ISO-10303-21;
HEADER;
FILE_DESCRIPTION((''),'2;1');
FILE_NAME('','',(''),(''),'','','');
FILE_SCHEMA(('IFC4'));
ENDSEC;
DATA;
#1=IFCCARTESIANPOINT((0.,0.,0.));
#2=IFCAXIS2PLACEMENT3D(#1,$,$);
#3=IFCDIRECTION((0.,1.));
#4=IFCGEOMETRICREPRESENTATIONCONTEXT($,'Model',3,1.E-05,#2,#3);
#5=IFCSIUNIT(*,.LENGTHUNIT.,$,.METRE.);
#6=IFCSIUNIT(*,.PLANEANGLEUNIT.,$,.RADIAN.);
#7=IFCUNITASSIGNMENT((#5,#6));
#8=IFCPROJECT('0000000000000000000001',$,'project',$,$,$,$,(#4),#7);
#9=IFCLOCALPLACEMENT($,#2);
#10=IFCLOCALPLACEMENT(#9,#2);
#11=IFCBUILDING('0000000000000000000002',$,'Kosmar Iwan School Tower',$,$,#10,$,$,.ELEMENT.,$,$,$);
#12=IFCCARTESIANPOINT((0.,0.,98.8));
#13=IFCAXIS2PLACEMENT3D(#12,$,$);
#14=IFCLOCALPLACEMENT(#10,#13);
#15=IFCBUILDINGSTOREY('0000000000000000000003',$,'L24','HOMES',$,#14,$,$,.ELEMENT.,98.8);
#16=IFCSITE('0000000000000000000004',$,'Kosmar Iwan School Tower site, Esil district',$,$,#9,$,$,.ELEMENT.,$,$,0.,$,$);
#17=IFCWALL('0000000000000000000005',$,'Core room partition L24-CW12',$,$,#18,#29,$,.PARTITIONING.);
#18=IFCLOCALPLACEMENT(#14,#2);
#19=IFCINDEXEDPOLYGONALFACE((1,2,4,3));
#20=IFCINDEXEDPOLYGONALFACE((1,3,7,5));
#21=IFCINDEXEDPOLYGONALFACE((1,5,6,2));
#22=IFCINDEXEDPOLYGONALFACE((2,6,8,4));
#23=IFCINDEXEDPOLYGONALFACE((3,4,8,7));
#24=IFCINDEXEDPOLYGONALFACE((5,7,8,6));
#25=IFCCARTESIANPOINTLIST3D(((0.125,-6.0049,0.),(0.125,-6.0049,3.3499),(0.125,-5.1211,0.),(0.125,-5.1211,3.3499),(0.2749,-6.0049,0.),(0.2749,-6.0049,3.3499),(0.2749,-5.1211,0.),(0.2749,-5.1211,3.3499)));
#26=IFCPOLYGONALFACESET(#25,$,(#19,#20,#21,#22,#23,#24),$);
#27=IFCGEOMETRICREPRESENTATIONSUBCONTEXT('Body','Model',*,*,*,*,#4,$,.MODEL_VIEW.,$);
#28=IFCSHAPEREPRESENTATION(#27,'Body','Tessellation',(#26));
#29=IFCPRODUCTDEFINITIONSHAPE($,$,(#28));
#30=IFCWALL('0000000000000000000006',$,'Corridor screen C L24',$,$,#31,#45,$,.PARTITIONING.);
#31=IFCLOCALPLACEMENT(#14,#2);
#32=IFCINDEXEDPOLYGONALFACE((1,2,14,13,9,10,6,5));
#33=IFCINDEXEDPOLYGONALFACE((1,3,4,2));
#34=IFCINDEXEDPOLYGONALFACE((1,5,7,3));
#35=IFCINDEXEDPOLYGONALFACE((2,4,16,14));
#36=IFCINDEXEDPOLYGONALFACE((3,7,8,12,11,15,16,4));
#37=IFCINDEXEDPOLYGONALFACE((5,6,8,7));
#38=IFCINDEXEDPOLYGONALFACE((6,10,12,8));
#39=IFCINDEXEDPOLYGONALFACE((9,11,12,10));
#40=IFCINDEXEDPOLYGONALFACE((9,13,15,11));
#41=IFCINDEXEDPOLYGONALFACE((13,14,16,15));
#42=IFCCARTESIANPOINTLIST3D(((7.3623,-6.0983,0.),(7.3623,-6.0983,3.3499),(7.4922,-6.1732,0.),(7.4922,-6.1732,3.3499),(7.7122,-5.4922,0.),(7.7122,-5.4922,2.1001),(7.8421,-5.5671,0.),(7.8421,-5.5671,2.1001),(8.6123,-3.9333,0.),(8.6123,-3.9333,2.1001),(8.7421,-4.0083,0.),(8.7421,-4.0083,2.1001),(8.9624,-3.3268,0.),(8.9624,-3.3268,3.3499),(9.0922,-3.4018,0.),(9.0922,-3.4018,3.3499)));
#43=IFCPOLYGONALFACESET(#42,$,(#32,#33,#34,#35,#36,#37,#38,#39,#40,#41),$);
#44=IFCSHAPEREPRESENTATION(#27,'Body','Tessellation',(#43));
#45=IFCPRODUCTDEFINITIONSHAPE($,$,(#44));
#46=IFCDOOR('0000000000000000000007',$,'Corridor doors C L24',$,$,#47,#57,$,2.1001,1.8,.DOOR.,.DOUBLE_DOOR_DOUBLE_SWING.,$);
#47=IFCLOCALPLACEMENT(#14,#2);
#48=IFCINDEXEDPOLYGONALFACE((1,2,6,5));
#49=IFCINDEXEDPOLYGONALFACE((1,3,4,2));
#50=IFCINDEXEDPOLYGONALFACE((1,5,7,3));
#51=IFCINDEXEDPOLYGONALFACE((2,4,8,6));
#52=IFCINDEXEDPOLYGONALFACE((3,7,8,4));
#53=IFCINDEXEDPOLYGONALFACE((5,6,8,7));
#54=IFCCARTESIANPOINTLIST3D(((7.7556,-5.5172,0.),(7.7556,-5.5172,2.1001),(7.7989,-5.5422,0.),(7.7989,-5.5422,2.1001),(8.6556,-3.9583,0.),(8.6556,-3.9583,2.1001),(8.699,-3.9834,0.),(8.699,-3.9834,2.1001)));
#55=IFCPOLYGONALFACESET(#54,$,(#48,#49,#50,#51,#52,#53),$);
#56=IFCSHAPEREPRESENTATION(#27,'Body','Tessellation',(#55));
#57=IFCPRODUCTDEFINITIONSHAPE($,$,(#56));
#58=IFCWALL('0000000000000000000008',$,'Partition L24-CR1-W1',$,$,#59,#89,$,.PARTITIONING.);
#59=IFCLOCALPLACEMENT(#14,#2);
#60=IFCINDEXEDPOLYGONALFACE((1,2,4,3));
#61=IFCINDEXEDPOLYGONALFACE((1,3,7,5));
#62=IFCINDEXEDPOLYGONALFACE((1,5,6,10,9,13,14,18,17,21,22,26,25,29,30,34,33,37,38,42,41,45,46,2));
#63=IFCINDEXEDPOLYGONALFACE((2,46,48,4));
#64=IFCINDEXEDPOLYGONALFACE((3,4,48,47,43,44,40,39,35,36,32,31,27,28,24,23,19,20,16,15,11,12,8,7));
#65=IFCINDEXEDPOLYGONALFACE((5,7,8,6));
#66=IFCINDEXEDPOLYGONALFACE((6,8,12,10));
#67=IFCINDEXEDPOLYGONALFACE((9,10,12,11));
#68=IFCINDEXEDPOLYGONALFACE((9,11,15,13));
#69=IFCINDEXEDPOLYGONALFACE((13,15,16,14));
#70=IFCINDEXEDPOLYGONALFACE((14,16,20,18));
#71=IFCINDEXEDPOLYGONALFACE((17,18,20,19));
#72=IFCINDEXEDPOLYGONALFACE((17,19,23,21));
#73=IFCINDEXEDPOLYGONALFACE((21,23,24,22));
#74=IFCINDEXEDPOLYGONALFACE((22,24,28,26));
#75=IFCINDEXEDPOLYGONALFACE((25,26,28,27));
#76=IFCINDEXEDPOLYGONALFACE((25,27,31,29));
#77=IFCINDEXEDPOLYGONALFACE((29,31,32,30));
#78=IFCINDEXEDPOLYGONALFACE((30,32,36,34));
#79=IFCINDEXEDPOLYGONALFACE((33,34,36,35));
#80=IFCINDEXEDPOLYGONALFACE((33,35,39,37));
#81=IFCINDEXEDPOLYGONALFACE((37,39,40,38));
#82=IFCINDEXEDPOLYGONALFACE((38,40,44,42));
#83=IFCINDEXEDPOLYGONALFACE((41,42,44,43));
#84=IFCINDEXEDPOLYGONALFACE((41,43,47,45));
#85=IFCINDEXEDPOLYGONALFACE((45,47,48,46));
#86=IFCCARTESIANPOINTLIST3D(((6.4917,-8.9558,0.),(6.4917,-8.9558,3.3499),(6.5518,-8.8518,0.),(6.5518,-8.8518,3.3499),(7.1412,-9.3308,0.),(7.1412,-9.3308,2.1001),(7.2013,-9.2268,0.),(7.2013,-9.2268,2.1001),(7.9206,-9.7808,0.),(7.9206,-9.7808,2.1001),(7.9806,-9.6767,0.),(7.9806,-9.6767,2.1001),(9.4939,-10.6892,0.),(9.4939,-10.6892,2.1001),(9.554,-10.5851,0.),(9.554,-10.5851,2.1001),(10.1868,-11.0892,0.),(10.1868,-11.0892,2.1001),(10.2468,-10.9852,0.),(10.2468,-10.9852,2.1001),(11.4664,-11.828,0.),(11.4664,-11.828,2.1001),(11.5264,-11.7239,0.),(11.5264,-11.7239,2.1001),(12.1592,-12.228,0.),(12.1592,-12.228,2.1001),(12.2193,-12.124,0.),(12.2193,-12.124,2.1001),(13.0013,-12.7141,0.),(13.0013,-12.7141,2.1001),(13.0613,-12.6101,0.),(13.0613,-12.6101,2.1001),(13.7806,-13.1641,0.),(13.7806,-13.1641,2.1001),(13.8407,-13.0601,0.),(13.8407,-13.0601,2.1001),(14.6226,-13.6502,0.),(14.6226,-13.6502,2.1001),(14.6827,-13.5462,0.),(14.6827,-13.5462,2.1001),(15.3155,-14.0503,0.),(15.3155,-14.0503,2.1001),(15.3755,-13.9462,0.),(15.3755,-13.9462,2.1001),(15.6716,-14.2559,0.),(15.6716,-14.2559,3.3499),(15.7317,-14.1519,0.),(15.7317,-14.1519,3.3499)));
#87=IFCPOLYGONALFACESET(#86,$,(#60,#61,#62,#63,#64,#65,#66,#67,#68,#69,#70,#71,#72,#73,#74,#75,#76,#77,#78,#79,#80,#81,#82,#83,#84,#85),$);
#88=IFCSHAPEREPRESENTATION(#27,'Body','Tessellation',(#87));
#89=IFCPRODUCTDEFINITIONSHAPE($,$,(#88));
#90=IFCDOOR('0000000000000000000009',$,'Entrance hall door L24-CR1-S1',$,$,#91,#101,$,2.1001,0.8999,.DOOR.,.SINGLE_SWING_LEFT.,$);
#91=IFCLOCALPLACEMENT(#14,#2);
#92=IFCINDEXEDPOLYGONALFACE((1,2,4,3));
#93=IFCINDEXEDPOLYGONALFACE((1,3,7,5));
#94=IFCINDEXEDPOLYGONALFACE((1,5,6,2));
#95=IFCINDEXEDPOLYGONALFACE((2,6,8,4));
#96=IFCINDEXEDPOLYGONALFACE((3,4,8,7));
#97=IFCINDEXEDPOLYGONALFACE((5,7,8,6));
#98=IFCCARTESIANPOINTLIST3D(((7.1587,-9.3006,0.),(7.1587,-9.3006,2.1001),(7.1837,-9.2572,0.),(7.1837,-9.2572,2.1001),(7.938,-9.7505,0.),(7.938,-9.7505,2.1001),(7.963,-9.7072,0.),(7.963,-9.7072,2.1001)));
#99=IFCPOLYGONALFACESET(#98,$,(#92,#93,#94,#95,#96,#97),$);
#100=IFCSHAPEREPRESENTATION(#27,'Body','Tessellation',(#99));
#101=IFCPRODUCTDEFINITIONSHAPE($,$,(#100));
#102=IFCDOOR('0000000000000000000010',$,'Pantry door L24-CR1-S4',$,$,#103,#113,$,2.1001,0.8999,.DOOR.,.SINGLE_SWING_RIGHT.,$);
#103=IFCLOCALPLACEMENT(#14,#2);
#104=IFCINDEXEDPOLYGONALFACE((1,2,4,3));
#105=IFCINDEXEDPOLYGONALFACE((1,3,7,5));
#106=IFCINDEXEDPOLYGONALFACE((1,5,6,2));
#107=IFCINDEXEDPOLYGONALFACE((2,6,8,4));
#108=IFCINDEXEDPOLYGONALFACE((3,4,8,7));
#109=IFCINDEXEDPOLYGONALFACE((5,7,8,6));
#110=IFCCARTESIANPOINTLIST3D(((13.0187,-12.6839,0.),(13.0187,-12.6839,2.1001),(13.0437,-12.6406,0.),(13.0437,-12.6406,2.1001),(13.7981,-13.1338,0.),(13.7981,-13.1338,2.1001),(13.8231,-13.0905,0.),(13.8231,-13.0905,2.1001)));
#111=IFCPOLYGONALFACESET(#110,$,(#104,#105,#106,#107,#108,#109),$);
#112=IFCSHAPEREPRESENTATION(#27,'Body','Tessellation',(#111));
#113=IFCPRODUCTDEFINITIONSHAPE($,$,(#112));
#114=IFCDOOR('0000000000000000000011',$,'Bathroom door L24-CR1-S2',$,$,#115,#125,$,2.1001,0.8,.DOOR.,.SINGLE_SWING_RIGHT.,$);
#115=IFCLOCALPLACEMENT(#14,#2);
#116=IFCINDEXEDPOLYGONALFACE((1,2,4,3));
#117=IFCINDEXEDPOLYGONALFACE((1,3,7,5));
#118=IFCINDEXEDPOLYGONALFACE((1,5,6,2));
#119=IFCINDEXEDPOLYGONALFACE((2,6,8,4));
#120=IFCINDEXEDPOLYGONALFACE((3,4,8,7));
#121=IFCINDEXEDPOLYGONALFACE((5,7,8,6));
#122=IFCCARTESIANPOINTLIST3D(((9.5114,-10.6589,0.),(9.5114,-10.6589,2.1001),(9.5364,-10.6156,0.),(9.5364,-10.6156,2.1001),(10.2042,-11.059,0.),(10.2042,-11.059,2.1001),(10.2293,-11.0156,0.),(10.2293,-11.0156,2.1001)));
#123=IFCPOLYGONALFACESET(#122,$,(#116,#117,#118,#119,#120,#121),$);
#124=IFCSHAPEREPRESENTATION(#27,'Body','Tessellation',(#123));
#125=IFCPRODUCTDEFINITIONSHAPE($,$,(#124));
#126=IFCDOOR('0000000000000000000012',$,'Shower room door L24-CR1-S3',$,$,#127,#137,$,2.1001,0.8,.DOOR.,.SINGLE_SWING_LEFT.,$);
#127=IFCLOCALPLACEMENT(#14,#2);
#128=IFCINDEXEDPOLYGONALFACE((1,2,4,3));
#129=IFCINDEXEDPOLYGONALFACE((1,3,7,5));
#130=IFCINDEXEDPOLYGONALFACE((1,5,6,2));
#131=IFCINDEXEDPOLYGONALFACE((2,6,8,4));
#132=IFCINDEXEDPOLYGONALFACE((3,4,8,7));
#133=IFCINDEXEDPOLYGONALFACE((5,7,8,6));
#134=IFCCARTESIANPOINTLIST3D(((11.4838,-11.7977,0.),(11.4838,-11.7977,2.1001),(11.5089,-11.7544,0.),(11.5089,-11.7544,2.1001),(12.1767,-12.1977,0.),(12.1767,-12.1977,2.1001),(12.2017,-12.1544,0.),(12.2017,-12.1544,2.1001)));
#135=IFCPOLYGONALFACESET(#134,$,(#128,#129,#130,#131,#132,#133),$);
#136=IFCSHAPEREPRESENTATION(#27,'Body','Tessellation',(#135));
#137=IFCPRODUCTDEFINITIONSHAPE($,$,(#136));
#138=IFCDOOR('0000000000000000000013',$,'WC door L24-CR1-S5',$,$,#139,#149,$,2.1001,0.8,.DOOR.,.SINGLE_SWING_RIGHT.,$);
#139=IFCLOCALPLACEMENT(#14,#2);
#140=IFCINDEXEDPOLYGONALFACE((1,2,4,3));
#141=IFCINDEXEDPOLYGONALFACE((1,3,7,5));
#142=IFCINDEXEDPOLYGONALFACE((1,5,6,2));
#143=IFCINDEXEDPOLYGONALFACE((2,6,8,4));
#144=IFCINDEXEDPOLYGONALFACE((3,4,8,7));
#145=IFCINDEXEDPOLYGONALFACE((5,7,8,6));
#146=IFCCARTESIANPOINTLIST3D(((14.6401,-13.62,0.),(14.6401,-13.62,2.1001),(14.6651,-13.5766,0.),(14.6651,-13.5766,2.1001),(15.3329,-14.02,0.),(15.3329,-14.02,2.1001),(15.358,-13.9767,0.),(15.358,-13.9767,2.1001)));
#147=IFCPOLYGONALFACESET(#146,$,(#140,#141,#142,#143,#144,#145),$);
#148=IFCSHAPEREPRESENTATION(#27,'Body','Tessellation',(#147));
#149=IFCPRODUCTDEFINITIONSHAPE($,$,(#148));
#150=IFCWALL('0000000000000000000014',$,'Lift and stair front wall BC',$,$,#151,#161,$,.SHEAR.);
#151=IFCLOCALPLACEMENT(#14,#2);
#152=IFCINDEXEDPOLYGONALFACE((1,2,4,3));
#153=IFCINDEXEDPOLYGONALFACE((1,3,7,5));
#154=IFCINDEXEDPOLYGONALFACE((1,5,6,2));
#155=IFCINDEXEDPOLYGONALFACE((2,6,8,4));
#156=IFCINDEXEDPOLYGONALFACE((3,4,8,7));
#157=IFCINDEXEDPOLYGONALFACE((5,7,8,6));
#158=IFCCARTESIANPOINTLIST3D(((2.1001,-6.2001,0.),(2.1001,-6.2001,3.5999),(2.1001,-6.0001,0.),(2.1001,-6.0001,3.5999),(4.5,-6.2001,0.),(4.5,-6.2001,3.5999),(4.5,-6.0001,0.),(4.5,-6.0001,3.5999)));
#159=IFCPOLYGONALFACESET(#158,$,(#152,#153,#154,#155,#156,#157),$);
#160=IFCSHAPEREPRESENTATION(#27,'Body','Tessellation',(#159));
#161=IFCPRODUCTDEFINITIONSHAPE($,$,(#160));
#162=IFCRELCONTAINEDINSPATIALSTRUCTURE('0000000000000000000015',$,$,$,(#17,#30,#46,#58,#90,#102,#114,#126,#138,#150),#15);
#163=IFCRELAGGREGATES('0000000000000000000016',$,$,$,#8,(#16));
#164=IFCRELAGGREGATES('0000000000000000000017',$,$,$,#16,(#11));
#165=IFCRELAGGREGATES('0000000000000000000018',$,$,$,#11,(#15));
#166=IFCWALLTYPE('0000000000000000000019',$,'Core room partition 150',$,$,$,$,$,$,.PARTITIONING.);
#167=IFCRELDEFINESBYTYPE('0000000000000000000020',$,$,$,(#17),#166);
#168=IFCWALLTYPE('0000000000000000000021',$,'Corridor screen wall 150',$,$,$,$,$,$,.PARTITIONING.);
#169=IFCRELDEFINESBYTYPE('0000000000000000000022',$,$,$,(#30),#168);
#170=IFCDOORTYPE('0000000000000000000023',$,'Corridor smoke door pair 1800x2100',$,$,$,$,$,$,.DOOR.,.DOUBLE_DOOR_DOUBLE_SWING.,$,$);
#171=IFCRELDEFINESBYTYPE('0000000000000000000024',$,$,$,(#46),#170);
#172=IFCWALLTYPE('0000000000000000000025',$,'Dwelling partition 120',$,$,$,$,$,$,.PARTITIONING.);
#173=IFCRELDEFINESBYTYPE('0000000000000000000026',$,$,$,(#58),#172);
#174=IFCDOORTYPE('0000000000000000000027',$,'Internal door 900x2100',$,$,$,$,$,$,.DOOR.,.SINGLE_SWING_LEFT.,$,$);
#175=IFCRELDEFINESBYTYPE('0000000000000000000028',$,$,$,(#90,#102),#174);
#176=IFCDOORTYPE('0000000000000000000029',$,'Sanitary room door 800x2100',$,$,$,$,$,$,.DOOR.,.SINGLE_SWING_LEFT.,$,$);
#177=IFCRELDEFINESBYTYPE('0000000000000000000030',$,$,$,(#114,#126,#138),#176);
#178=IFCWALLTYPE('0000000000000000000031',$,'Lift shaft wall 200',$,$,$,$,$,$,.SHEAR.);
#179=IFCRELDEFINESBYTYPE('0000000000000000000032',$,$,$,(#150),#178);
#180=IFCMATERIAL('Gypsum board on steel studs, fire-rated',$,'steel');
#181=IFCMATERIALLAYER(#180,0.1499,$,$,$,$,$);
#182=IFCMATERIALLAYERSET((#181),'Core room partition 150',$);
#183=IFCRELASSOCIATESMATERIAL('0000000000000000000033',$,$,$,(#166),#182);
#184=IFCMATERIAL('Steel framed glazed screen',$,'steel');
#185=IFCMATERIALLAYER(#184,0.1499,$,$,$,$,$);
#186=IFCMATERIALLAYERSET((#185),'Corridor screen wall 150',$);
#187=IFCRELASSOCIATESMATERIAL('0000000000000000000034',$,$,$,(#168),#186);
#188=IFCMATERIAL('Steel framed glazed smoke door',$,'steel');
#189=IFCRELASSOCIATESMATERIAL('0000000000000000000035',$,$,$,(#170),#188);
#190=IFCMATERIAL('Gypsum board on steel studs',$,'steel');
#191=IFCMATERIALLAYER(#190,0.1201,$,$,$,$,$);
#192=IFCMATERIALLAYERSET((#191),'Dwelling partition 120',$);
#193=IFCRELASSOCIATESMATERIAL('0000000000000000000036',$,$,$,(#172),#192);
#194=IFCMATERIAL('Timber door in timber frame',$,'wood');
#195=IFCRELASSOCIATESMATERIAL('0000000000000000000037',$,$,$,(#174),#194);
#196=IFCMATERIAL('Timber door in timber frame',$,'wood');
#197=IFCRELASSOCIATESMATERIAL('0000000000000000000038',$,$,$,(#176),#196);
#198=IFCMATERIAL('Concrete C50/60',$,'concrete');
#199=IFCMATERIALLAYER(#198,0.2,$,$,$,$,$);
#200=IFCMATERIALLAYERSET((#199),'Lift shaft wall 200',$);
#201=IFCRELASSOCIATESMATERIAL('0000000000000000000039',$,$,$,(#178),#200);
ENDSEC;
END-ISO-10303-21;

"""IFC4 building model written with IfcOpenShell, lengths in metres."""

from ifc_helpers import new_model, si_unit, direction, frame, frame_2d, origin, place, context, subcontext, project, spatial, rectangle, extrude, material, layer, layer_set, type_object, element, fill, save


model = new_model("IFC4")

# Units and contexts
model_context = context("Model", 3, precision=1e-05, world=origin(), true_north=direction((0.0, 1.0)))
body_context = subcontext(model_context, "Body", "Model", "MODEL_VIEW")
ifc_project = project(units=[si_unit("LENGTHUNIT", "METRE"), si_unit("PLANEANGLEUNIT", "RADIAN")], contexts=[model_context])

# Site, building, storey
site_placement = place(None, origin())
site = spatial("IfcSite", under=ifc_project, at=site_placement, Name="Kosmar Iwan School Tower site, Esil district", CompositionType="ELEMENT", RefElevation=0.0)
building_placement = place(site_placement, origin())
building = spatial("IfcBuilding", under=site, at=building_placement, Name="Kosmar Iwan School Tower", CompositionType="ELEMENT")
storey_placement = place(building_placement, frame((0.0, 0.0, 98.8)))
storey = spatial("IfcBuildingStorey", under=building, at=storey_placement, Name="L24", Description="HOMES", CompositionType="ELEMENT", Elevation=98.8)

# Wall
ifc_material_1 = material(Name="Gypsum board on steel studs, fire-rated", Category="steel")
ifc_layer_1 = layer(ifc_material_1, 0.1499)
ifc_layer_set_1 = layer_set([ifc_layer_1], Name="Core room partition 150")
wall_type_1 = type_object("IfcWallType", Name="Core room partition 150", PredefinedType="PARTITIONING", material=ifc_layer_set_1)
wall_1_placement = place(storey_placement, frame((0.2, -6.0049, 0.0), z_axis=(0.0, 0.0, 1.0), x_axis=(0.0, 1.0, 0.0)))
element("IfcWall", 1, at=wall_1_placement, inside=storey, type_object=wall_type_1, Name="Core room partition L24-CW12", PredefinedType="PARTITIONING", context=body_context, shape_type="SweptSolid", body=[
    extrude(rectangle(XDim=0.8838, YDim=0.1499, at=frame_2d((0.4419, 0.0))), origin(), (0.0, 0.0, 1.0), 3.3499),
])

# Wall, opening, door
ifc_material_2 = material(Name="Steel framed glazed screen", Category="steel")
ifc_layer_2 = layer(ifc_material_2, 0.1499)
ifc_layer_set_2 = layer_set([ifc_layer_2], Name="Corridor screen wall 150")
wall_type_2 = type_object("IfcWallType", Name="Corridor screen wall 150", PredefinedType="PARTITIONING", material=ifc_layer_set_2)
wall_2_placement = place(storey_placement, frame((7.4272, -6.1357, 0.0), z_axis=(0.0, 0.0, 1.0), x_axis=(0.499995, 0.866028, 0.0)))
wall_2 = element("IfcWall", 2, at=wall_2_placement, inside=storey, type_object=wall_type_2, Name="Corridor screen C L24", PredefinedType="PARTITIONING", context=body_context, shape_type="SweptSolid", body=[
    extrude(rectangle(XDim=3.2002, YDim=0.1499, at=frame_2d((1.6001, 0.0))), origin(), (0.0, 0.0, 1.0), 3.3499),
])
opening_1_placement = place(wall_2_placement, frame((0.7, 0.0, 0.0)))
opening_1 = element("IfcOpeningElement", 3, at=opening_1_placement, cuts=wall_2, PredefinedType="OPENING", context=body_context, shape_type="SweptSolid", body=[
    extrude(rectangle(XDim=1.8, YDim=2.1001, at=frame_2d((0.8999, 1.05))), frame((0.0, 0.0869, 0.0), z_axis=(0.0, -1.0, 0.0), x_axis=(1.0, 0.0, 0.0)), (0.0, 0.0, 1.0), 0.1738),
])
ifc_material_3 = material(Name="Steel framed glazed smoke door", Category="steel")
door_type_1 = type_object("IfcDoorType", Name="Corridor smoke door pair 1800x2100", OperationType="DOUBLE_DOOR_DOUBLE_SWING", PredefinedType="DOOR", material=ifc_material_3)
door_1_placement = place(opening_1_placement, origin())
door_1 = element("IfcDoor", 4, at=door_1_placement, inside=storey, type_object=door_type_1, Name="Corridor doors C L24", OperationType="DOUBLE_DOOR_DOUBLE_SWING", OverallHeight=2.1001, OverallWidth=1.8, PredefinedType="DOOR", context=body_context, shape_type="SweptSolid", body=[
    extrude(rectangle(XDim=1.8, YDim=2.1001, at=frame_2d((0.8999, 1.05))), frame((0.0, 0.0249, 0.0), z_axis=(0.0, -1.0, 0.0), x_axis=(1.0, 0.0, 0.0)), (0.0, 0.0, 1.0), 0.05),
])
fill(opening_1, door_1)

# Wall, openings, doors
ifc_material_4 = material(Name="Gypsum board on steel studs", Category="steel")
ifc_layer_3 = layer(ifc_material_4, 0.1201)
ifc_layer_set_3 = layer_set([ifc_layer_3], Name="Dwelling partition 120")
wall_type_3 = type_object("IfcWallType", Name="Dwelling partition 120", PredefinedType="PARTITIONING", material=ifc_layer_set_3)
wall_3_placement = place(storey_placement, frame((6.5217, -8.9038, 0.0), z_axis=(0.0, 0.0, 1.0), x_axis=(0.866025, -0.500001, 0.0)))
wall_3 = element("IfcWall", 5, at=wall_3_placement, inside=storey, type_object=wall_type_3, Name="Partition L24-CR1-W1", PredefinedType="PARTITIONING", context=body_context, shape_type="SweptSolid", body=[
    extrude(rectangle(XDim=10.6001, YDim=0.1201, at=frame_2d((5.3, 0.0))), origin(), (0.0, 0.0, 1.0), 3.3499),
])
opening_2_placement = place(wall_3_placement, frame((0.75, 0.0, 0.0)))
opening_2 = element("IfcOpeningElement", 6, at=opening_2_placement, cuts=wall_3, PredefinedType="OPENING", context=body_context, shape_type="SweptSolid", body=[
    extrude(rectangle(XDim=0.8999, YDim=2.1001, at=frame_2d((0.45, 1.05))), frame((0.0, 0.072, 0.0), z_axis=(0.0, -1.0, 0.0), x_axis=(1.0, 0.0, 0.0)), (0.0, 0.0, 1.0), 0.144),
])
opening_3_placement = place(wall_3_placement, frame((3.4668, 0.0, 0.0)))
opening_3 = element("IfcOpeningElement", 7, at=opening_3_placement, cuts=wall_3, PredefinedType="OPENING", context=body_context, shape_type="SweptSolid", body=[
    extrude(rectangle(XDim=0.8, YDim=2.1001, at=frame_2d((0.3999, 1.05))), frame((0.0, 0.072, 0.0), z_axis=(0.0, -1.0, 0.0), x_axis=(1.0, 0.0, 0.0)), (0.0, 0.0, 1.0), 0.144),
])
opening_4_placement = place(wall_3_placement, frame((5.7444, 0.0, 0.0)))
opening_4 = element("IfcOpeningElement", 8, at=opening_4_placement, cuts=wall_3, PredefinedType="OPENING", context=body_context, shape_type="SweptSolid", body=[
    extrude(rectangle(XDim=0.8, YDim=2.1001, at=frame_2d((0.3999, 1.05))), frame((0.0, 0.072, 0.0), z_axis=(0.0, -1.0, 0.0), x_axis=(1.0, 0.0, 0.0)), (0.0, 0.0, 1.0), 0.144),
])
opening_5_placement = place(wall_3_placement, frame((7.5166, 0.0, 0.0)))
opening_5 = element("IfcOpeningElement", 9, at=opening_5_placement, cuts=wall_3, PredefinedType="OPENING", context=body_context, shape_type="SweptSolid", body=[
    extrude(rectangle(XDim=0.8999, YDim=2.1001, at=frame_2d((0.45, 1.05))), frame((0.0, 0.072, 0.0), z_axis=(0.0, -1.0, 0.0), x_axis=(1.0, 0.0, 0.0)), (0.0, 0.0, 1.0), 0.144),
])
opening_6_placement = place(wall_3_placement, frame((9.3889, 0.0, 0.0)))
opening_6 = element("IfcOpeningElement", 10, at=opening_6_placement, cuts=wall_3, PredefinedType="OPENING", context=body_context, shape_type="SweptSolid", body=[
    extrude(rectangle(XDim=0.8, YDim=2.1001, at=frame_2d((0.3999, 1.05))), frame((0.0, 0.072, 0.0), z_axis=(0.0, -1.0, 0.0), x_axis=(1.0, 0.0, 0.0)), (0.0, 0.0, 1.0), 0.144),
])
ifc_material_5 = material(Name="Timber door in timber frame", Category="wood")
door_type_2 = type_object("IfcDoorType", Name="Internal door 900x2100", OperationType="SINGLE_SWING_LEFT", PredefinedType="DOOR", material=ifc_material_5)
door_2_placement = place(opening_2_placement, origin())
door_2 = element("IfcDoor", 11, at=door_2_placement, inside=storey, type_object=door_type_2, Name="Entrance hall door L24-CR1-S1", OperationType="SINGLE_SWING_LEFT", OverallHeight=2.1001, OverallWidth=0.8999, PredefinedType="DOOR", context=body_context, shape_type="SweptSolid", body=[
    extrude(rectangle(XDim=0.8999, YDim=2.1001, at=frame_2d((0.45, 1.05))), frame((0.0, 0.0249, 0.0), z_axis=(0.0, -1.0, 0.0), x_axis=(1.0, 0.0, 0.0)), (0.0, 0.0, 1.0), 0.05),
])
fill(opening_2, door_2)
door_3_placement = place(opening_5_placement, origin())
door_3 = element("IfcDoor", 12, at=door_3_placement, inside=storey, type_object=door_type_2, Name="Pantry door L24-CR1-S4", OperationType="SINGLE_SWING_RIGHT", OverallHeight=2.1001, OverallWidth=0.8999, PredefinedType="DOOR", context=body_context, shape_type="SweptSolid", body=[
    extrude(rectangle(XDim=0.8999, YDim=2.1001, at=frame_2d((0.45, 1.05))), frame((0.0, 0.0249, 0.0), z_axis=(0.0, -1.0, 0.0), x_axis=(1.0, 0.0, 0.0)), (0.0, 0.0, 1.0), 0.05),
])
fill(opening_5, door_3)
ifc_material_6 = material(Name="Timber door in timber frame", Category="wood")
door_type_3 = type_object("IfcDoorType", Name="Sanitary room door 800x2100", OperationType="SINGLE_SWING_LEFT", PredefinedType="DOOR", material=ifc_material_6)
door_4_placement = place(opening_3_placement, origin())
door_4 = element("IfcDoor", 13, at=door_4_placement, inside=storey, type_object=door_type_3, Name="Bathroom door L24-CR1-S2", OperationType="SINGLE_SWING_RIGHT", OverallHeight=2.1001, OverallWidth=0.8, PredefinedType="DOOR", context=body_context, shape_type="SweptSolid", body=[
    extrude(rectangle(XDim=0.8, YDim=2.1001, at=frame_2d((0.3999, 1.05))), frame((0.0, 0.0249, 0.0), z_axis=(0.0, -1.0, 0.0), x_axis=(1.0, 0.0, 0.0)), (0.0, 0.0, 1.0), 0.05),
])
fill(opening_3, door_4)
door_5_placement = place(opening_4_placement, origin())
door_5 = element("IfcDoor", 14, at=door_5_placement, inside=storey, type_object=door_type_3, Name="Shower room door L24-CR1-S3", OperationType="SINGLE_SWING_LEFT", OverallHeight=2.1001, OverallWidth=0.8, PredefinedType="DOOR", context=body_context, shape_type="SweptSolid", body=[
    extrude(rectangle(XDim=0.8, YDim=2.1001, at=frame_2d((0.3999, 1.05))), frame((0.0, 0.0249, 0.0), z_axis=(0.0, -1.0, 0.0), x_axis=(1.0, 0.0, 0.0)), (0.0, 0.0, 1.0), 0.05),
])
fill(opening_4, door_5)
door_6_placement = place(opening_6_placement, origin())
door_6 = element("IfcDoor", 15, at=door_6_placement, inside=storey, type_object=door_type_3, Name="WC door L24-CR1-S5", OperationType="SINGLE_SWING_RIGHT", OverallHeight=2.1001, OverallWidth=0.8, PredefinedType="DOOR", context=body_context, shape_type="SweptSolid", body=[
    extrude(rectangle(XDim=0.8, YDim=2.1001, at=frame_2d((0.3999, 1.05))), frame((0.0, 0.0249, 0.0), z_axis=(0.0, -1.0, 0.0), x_axis=(1.0, 0.0, 0.0)), (0.0, 0.0, 1.0), 0.05),
])
fill(opening_6, door_6)

# Wall
ifc_material_7 = material(Name="Concrete C50/60", Category="concrete")
ifc_layer_4 = layer(ifc_material_7, 0.2)
ifc_layer_set_4 = layer_set([ifc_layer_4], Name="Lift shaft wall 200")
wall_type_4 = type_object("IfcWallType", Name="Lift shaft wall 200", PredefinedType="SHEAR", material=ifc_layer_set_4)
wall_4_placement = place(storey_placement, frame((2.1001, -6.1001, 0.0), z_axis=(0.0, 0.0, 1.0), x_axis=(1.0, 0.0, 0.0)))
element("IfcWall", 16, at=wall_4_placement, inside=storey, type_object=wall_type_4, Name="Lift and stair front wall BC", PredefinedType="SHEAR", context=body_context, shape_type="SweptSolid", body=[
    extrude(rectangle(XDim=2.3999, YDim=0.2, at=frame_2d((1.2, 0.0))), origin(), (0.0, 0.0, 1.0), 3.5999),
])

save(model, "model.ifc")
